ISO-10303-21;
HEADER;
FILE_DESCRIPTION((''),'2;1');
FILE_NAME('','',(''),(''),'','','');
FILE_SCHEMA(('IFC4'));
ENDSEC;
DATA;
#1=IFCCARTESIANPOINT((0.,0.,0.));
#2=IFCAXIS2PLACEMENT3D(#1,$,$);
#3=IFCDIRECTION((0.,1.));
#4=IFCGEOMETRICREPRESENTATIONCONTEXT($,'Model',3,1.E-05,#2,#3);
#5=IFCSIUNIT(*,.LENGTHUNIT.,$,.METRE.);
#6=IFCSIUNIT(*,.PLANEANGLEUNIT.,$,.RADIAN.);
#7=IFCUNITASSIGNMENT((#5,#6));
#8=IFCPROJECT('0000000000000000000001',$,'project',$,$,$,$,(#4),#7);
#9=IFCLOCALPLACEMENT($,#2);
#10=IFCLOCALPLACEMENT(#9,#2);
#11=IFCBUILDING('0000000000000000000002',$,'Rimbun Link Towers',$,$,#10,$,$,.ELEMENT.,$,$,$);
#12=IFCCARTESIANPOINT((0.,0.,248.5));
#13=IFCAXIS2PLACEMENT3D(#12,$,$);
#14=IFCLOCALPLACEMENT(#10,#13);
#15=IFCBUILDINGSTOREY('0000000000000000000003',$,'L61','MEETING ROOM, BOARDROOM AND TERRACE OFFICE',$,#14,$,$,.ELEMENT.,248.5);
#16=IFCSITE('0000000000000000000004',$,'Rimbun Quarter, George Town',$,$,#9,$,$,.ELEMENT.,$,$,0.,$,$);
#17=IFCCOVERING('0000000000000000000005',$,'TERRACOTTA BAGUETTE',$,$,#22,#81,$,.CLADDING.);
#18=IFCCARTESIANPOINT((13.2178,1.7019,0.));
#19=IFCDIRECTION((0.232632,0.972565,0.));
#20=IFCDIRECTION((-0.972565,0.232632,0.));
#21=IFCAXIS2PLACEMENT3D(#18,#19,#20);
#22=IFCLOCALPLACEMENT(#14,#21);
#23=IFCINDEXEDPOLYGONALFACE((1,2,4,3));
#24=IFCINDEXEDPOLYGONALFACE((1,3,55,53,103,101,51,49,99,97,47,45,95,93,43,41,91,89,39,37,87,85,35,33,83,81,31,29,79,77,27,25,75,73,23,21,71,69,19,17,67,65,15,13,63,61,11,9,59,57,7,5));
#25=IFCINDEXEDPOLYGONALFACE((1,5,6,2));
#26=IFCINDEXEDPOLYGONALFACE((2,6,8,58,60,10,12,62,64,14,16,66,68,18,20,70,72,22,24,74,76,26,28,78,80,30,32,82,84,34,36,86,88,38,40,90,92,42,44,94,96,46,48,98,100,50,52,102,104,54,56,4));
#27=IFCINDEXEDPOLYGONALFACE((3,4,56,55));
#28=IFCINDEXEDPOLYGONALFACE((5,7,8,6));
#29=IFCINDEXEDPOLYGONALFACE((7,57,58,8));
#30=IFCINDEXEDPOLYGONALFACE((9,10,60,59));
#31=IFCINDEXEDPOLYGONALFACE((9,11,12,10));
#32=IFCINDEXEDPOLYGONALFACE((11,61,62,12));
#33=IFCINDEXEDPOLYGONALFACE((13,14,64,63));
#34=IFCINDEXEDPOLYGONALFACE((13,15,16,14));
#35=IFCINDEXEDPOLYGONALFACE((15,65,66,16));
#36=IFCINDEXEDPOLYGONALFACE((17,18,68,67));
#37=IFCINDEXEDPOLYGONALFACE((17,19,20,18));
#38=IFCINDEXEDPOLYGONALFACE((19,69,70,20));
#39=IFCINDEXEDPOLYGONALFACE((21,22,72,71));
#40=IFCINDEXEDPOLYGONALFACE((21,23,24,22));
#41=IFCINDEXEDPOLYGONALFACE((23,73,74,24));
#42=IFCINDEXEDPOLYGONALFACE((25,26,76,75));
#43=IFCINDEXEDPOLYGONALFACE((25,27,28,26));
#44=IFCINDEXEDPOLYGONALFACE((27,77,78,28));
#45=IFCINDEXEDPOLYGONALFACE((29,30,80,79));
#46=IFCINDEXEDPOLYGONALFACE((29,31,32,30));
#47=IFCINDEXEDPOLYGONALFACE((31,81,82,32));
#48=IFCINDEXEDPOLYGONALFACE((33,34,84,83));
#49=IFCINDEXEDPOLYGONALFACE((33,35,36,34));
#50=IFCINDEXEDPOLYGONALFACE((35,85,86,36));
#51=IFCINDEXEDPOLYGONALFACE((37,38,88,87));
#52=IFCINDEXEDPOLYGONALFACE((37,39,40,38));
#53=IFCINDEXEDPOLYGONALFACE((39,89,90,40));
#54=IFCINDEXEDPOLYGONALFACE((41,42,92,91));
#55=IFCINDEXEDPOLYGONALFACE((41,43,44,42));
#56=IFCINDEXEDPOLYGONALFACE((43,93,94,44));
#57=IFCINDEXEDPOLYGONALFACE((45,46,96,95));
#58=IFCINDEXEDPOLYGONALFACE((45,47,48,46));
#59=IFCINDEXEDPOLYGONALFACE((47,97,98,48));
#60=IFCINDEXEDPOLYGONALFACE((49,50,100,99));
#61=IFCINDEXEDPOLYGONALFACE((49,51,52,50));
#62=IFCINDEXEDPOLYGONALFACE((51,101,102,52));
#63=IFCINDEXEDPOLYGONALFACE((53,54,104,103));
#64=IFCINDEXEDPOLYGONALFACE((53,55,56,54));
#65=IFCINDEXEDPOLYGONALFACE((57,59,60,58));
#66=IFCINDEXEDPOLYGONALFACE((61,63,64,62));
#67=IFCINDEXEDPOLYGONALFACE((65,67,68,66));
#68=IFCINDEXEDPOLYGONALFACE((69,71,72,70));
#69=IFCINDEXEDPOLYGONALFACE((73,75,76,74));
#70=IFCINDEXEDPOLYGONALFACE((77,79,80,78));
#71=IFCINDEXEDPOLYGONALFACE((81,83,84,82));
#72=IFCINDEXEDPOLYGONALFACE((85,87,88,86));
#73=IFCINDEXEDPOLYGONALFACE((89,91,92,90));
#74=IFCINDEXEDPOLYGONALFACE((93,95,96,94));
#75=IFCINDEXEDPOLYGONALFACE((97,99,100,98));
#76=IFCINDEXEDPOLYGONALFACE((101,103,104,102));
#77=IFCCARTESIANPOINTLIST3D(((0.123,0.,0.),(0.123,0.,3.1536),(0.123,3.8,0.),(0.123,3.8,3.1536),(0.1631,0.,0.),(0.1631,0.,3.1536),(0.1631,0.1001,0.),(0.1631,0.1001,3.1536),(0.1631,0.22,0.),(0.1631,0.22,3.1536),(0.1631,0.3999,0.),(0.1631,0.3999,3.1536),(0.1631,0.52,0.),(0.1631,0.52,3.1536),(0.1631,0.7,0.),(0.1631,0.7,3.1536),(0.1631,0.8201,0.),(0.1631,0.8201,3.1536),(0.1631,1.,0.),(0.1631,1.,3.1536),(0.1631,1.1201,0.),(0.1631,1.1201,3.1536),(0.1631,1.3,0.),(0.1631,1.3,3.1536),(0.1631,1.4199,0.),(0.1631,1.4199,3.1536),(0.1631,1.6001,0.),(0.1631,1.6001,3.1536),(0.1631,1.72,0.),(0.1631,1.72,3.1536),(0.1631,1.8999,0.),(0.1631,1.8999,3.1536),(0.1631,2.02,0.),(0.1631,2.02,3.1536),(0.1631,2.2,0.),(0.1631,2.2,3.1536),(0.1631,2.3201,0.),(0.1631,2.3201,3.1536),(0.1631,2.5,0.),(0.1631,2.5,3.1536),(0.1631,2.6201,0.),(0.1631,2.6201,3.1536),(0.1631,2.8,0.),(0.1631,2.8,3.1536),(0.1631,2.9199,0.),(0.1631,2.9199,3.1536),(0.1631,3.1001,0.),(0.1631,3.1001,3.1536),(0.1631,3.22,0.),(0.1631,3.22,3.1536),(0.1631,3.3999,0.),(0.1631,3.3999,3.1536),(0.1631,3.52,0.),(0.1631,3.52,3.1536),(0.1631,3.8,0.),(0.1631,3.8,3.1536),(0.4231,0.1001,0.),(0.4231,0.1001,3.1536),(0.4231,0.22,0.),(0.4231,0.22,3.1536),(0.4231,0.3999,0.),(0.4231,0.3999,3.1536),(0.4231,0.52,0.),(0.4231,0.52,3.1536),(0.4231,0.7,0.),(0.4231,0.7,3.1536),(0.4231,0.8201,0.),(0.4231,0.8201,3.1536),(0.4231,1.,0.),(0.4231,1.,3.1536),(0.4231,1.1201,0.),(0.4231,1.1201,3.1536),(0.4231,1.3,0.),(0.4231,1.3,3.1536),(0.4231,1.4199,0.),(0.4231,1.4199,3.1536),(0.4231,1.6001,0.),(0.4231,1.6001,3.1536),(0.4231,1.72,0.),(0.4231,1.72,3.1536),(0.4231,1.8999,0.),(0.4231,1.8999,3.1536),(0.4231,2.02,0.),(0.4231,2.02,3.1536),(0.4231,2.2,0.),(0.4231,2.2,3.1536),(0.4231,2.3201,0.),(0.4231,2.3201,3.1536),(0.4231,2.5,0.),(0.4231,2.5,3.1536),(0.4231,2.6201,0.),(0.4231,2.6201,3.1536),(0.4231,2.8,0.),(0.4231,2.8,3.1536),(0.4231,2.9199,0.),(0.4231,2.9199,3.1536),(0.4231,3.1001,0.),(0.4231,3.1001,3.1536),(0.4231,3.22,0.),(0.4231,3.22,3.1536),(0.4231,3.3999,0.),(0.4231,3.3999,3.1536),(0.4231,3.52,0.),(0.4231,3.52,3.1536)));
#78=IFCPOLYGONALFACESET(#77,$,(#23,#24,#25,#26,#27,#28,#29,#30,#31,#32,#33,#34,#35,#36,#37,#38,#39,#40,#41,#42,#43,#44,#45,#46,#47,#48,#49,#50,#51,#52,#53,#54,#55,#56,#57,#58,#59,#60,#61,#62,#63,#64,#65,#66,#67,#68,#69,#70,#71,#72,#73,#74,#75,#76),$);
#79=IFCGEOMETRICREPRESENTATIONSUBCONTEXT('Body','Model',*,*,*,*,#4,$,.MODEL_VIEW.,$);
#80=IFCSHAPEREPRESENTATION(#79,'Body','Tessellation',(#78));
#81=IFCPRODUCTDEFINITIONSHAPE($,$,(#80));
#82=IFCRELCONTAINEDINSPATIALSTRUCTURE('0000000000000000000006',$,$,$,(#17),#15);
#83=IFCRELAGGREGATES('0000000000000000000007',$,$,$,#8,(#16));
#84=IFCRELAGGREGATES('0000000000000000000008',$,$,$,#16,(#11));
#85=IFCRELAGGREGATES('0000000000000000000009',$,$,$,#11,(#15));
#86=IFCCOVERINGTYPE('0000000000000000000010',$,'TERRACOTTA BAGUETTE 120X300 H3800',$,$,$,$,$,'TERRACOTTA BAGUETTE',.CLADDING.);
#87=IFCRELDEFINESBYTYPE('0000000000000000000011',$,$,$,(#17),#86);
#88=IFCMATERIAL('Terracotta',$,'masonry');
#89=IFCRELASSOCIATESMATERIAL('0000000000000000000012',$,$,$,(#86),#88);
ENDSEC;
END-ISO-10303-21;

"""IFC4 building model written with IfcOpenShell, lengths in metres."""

from ifc_helpers import new_model, si_unit, direction, frame, origin, place, context, subcontext, project, spatial, polyline, outline, extrude, material, material_profile, profile_set, type_object, element, save


model = new_model("IFC4")

# Units and contexts
model_context = context("Model", 3, precision=1e-05, world=origin(), true_north=direction((0.0, 1.0)))
body_context = subcontext(model_context, "Body", "Model", "MODEL_VIEW")
ifc_project = project(units=[si_unit("LENGTHUNIT", "METRE"), si_unit("PLANEANGLEUNIT", "RADIAN")], contexts=[model_context])

# Site, building, storey
site_placement = place(None, origin())
site = spatial("IfcSite", under=ifc_project, at=site_placement, Name="Rimbun Quarter, George Town", CompositionType="ELEMENT", RefElevation=0.0)
building_placement = place(site_placement, origin())
building = spatial("IfcBuilding", under=site, at=building_placement, Name="Rimbun Link Towers", CompositionType="ELEMENT")
storey_placement = place(building_placement, frame((0.0, 0.0, 248.5)))
storey = spatial("IfcBuildingStorey", under=building, at=storey_placement, Name="L61", Description="MEETING ROOM, BOARDROOM AND TERRACE OFFICE", CompositionType="ELEMENT", Elevation=248.5)

# Covering
ifc_material_1 = material(Name="Terracotta", Category="masonry")
ifc_material_profile_1 = material_profile(ifc_material_1, outline(polyline([(0.123, 0.0), (0.1631, 0.0), (0.1631, 0.1001), (0.4231, 0.1001), (0.4231, 0.22), (0.1631, 0.22), (0.1631, 0.3999), (0.4231, 0.3999), (0.4231, 0.52), (0.1631, 0.52), (0.1631, 0.7), (0.4231, 0.7), (0.4231, 0.8201), (0.1631, 0.8201), (0.1631, 1.0), (0.4231, 1.0), (0.4231, 1.1201), (0.1631, 1.1201), (0.1631, 1.3), (0.4231, 1.3), (0.4231, 1.4199), (0.1631, 1.4199), (0.1631, 1.6001), (0.4231, 1.6001), (0.4231, 1.72), (0.1631, 1.72), (0.1631, 1.8999), (0.4231, 1.8999), (0.4231, 2.02), (0.1631, 2.02), (0.1631, 2.2), (0.4231, 2.2), (0.4231, 2.3201), (0.1631, 2.3201), (0.1631, 2.5), (0.4231, 2.5), (0.4231, 2.6201), (0.1631, 2.6201), (0.1631, 2.8), (0.4231, 2.8), (0.4231, 2.9199), (0.1631, 2.9199), (0.1631, 3.1001), (0.4231, 3.1001), (0.4231, 3.22), (0.1631, 3.22), (0.1631, 3.3999), (0.4231, 3.3999), (0.4231, 3.52), (0.1631, 3.52), (0.1631, 3.8), (0.123, 3.8), (0.123, 0.0)])), Name="BAGUETTE 120X300")
ifc_profile_set_1 = profile_set([ifc_material_profile_1], Name="Terracotta")
covering_type = type_object("IfcCoveringType", Name="TERRACOTTA BAGUETTE 120X300 H3800", ElementType="TERRACOTTA BAGUETTE", PredefinedType="CLADDING", material=ifc_profile_set_1)
covering_1_placement = place(storey_placement, frame((13.2178, 1.7019, 0.0), z_axis=(0.232632, 0.972565, 0.0), x_axis=(-0.972565, 0.232632, 0.0)))
element("IfcCovering", 1, at=covering_1_placement, inside=storey, type_object=covering_type, Name="TERRACOTTA BAGUETTE", PredefinedType="CLADDING", context=body_context, shape_type="SweptSolid", body=[
    extrude(outline(polyline([(0.123, 0.0), (0.1631, 0.0), (0.1631, 0.1001), (0.4231, 0.1001), (0.4231, 0.22), (0.1631, 0.22), (0.1631, 0.3999), (0.4231, 0.3999), (0.4231, 0.52), (0.1631, 0.52), (0.1631, 0.7), (0.4231, 0.7), (0.4231, 0.8201), (0.1631, 0.8201), (0.1631, 1.0), (0.4231, 1.0), (0.4231, 1.1201), (0.1631, 1.1201), (0.1631, 1.3), (0.4231, 1.3), (0.4231, 1.4199), (0.1631, 1.4199), (0.1631, 1.6001), (0.4231, 1.6001), (0.4231, 1.72), (0.1631, 1.72), (0.1631, 1.8999), (0.4231, 1.8999), (0.4231, 2.02), (0.1631, 2.02), (0.1631, 2.2), (0.4231, 2.2), (0.4231, 2.3201), (0.1631, 2.3201), (0.1631, 2.5), (0.4231, 2.5), (0.4231, 2.6201), (0.1631, 2.6201), (0.1631, 2.8), (0.4231, 2.8), (0.4231, 2.9199), (0.1631, 2.9199), (0.1631, 3.1001), (0.4231, 3.1001), (0.4231, 3.22), (0.1631, 3.22), (0.1631, 3.3999), (0.4231, 3.3999), (0.4231, 3.52), (0.1631, 3.52), (0.1631, 3.8), (0.123, 3.8), (0.123, 0.0)])), origin(), (0.0, 0.0, 1.0), 3.1536),
])

save(model, "model.ifc")
